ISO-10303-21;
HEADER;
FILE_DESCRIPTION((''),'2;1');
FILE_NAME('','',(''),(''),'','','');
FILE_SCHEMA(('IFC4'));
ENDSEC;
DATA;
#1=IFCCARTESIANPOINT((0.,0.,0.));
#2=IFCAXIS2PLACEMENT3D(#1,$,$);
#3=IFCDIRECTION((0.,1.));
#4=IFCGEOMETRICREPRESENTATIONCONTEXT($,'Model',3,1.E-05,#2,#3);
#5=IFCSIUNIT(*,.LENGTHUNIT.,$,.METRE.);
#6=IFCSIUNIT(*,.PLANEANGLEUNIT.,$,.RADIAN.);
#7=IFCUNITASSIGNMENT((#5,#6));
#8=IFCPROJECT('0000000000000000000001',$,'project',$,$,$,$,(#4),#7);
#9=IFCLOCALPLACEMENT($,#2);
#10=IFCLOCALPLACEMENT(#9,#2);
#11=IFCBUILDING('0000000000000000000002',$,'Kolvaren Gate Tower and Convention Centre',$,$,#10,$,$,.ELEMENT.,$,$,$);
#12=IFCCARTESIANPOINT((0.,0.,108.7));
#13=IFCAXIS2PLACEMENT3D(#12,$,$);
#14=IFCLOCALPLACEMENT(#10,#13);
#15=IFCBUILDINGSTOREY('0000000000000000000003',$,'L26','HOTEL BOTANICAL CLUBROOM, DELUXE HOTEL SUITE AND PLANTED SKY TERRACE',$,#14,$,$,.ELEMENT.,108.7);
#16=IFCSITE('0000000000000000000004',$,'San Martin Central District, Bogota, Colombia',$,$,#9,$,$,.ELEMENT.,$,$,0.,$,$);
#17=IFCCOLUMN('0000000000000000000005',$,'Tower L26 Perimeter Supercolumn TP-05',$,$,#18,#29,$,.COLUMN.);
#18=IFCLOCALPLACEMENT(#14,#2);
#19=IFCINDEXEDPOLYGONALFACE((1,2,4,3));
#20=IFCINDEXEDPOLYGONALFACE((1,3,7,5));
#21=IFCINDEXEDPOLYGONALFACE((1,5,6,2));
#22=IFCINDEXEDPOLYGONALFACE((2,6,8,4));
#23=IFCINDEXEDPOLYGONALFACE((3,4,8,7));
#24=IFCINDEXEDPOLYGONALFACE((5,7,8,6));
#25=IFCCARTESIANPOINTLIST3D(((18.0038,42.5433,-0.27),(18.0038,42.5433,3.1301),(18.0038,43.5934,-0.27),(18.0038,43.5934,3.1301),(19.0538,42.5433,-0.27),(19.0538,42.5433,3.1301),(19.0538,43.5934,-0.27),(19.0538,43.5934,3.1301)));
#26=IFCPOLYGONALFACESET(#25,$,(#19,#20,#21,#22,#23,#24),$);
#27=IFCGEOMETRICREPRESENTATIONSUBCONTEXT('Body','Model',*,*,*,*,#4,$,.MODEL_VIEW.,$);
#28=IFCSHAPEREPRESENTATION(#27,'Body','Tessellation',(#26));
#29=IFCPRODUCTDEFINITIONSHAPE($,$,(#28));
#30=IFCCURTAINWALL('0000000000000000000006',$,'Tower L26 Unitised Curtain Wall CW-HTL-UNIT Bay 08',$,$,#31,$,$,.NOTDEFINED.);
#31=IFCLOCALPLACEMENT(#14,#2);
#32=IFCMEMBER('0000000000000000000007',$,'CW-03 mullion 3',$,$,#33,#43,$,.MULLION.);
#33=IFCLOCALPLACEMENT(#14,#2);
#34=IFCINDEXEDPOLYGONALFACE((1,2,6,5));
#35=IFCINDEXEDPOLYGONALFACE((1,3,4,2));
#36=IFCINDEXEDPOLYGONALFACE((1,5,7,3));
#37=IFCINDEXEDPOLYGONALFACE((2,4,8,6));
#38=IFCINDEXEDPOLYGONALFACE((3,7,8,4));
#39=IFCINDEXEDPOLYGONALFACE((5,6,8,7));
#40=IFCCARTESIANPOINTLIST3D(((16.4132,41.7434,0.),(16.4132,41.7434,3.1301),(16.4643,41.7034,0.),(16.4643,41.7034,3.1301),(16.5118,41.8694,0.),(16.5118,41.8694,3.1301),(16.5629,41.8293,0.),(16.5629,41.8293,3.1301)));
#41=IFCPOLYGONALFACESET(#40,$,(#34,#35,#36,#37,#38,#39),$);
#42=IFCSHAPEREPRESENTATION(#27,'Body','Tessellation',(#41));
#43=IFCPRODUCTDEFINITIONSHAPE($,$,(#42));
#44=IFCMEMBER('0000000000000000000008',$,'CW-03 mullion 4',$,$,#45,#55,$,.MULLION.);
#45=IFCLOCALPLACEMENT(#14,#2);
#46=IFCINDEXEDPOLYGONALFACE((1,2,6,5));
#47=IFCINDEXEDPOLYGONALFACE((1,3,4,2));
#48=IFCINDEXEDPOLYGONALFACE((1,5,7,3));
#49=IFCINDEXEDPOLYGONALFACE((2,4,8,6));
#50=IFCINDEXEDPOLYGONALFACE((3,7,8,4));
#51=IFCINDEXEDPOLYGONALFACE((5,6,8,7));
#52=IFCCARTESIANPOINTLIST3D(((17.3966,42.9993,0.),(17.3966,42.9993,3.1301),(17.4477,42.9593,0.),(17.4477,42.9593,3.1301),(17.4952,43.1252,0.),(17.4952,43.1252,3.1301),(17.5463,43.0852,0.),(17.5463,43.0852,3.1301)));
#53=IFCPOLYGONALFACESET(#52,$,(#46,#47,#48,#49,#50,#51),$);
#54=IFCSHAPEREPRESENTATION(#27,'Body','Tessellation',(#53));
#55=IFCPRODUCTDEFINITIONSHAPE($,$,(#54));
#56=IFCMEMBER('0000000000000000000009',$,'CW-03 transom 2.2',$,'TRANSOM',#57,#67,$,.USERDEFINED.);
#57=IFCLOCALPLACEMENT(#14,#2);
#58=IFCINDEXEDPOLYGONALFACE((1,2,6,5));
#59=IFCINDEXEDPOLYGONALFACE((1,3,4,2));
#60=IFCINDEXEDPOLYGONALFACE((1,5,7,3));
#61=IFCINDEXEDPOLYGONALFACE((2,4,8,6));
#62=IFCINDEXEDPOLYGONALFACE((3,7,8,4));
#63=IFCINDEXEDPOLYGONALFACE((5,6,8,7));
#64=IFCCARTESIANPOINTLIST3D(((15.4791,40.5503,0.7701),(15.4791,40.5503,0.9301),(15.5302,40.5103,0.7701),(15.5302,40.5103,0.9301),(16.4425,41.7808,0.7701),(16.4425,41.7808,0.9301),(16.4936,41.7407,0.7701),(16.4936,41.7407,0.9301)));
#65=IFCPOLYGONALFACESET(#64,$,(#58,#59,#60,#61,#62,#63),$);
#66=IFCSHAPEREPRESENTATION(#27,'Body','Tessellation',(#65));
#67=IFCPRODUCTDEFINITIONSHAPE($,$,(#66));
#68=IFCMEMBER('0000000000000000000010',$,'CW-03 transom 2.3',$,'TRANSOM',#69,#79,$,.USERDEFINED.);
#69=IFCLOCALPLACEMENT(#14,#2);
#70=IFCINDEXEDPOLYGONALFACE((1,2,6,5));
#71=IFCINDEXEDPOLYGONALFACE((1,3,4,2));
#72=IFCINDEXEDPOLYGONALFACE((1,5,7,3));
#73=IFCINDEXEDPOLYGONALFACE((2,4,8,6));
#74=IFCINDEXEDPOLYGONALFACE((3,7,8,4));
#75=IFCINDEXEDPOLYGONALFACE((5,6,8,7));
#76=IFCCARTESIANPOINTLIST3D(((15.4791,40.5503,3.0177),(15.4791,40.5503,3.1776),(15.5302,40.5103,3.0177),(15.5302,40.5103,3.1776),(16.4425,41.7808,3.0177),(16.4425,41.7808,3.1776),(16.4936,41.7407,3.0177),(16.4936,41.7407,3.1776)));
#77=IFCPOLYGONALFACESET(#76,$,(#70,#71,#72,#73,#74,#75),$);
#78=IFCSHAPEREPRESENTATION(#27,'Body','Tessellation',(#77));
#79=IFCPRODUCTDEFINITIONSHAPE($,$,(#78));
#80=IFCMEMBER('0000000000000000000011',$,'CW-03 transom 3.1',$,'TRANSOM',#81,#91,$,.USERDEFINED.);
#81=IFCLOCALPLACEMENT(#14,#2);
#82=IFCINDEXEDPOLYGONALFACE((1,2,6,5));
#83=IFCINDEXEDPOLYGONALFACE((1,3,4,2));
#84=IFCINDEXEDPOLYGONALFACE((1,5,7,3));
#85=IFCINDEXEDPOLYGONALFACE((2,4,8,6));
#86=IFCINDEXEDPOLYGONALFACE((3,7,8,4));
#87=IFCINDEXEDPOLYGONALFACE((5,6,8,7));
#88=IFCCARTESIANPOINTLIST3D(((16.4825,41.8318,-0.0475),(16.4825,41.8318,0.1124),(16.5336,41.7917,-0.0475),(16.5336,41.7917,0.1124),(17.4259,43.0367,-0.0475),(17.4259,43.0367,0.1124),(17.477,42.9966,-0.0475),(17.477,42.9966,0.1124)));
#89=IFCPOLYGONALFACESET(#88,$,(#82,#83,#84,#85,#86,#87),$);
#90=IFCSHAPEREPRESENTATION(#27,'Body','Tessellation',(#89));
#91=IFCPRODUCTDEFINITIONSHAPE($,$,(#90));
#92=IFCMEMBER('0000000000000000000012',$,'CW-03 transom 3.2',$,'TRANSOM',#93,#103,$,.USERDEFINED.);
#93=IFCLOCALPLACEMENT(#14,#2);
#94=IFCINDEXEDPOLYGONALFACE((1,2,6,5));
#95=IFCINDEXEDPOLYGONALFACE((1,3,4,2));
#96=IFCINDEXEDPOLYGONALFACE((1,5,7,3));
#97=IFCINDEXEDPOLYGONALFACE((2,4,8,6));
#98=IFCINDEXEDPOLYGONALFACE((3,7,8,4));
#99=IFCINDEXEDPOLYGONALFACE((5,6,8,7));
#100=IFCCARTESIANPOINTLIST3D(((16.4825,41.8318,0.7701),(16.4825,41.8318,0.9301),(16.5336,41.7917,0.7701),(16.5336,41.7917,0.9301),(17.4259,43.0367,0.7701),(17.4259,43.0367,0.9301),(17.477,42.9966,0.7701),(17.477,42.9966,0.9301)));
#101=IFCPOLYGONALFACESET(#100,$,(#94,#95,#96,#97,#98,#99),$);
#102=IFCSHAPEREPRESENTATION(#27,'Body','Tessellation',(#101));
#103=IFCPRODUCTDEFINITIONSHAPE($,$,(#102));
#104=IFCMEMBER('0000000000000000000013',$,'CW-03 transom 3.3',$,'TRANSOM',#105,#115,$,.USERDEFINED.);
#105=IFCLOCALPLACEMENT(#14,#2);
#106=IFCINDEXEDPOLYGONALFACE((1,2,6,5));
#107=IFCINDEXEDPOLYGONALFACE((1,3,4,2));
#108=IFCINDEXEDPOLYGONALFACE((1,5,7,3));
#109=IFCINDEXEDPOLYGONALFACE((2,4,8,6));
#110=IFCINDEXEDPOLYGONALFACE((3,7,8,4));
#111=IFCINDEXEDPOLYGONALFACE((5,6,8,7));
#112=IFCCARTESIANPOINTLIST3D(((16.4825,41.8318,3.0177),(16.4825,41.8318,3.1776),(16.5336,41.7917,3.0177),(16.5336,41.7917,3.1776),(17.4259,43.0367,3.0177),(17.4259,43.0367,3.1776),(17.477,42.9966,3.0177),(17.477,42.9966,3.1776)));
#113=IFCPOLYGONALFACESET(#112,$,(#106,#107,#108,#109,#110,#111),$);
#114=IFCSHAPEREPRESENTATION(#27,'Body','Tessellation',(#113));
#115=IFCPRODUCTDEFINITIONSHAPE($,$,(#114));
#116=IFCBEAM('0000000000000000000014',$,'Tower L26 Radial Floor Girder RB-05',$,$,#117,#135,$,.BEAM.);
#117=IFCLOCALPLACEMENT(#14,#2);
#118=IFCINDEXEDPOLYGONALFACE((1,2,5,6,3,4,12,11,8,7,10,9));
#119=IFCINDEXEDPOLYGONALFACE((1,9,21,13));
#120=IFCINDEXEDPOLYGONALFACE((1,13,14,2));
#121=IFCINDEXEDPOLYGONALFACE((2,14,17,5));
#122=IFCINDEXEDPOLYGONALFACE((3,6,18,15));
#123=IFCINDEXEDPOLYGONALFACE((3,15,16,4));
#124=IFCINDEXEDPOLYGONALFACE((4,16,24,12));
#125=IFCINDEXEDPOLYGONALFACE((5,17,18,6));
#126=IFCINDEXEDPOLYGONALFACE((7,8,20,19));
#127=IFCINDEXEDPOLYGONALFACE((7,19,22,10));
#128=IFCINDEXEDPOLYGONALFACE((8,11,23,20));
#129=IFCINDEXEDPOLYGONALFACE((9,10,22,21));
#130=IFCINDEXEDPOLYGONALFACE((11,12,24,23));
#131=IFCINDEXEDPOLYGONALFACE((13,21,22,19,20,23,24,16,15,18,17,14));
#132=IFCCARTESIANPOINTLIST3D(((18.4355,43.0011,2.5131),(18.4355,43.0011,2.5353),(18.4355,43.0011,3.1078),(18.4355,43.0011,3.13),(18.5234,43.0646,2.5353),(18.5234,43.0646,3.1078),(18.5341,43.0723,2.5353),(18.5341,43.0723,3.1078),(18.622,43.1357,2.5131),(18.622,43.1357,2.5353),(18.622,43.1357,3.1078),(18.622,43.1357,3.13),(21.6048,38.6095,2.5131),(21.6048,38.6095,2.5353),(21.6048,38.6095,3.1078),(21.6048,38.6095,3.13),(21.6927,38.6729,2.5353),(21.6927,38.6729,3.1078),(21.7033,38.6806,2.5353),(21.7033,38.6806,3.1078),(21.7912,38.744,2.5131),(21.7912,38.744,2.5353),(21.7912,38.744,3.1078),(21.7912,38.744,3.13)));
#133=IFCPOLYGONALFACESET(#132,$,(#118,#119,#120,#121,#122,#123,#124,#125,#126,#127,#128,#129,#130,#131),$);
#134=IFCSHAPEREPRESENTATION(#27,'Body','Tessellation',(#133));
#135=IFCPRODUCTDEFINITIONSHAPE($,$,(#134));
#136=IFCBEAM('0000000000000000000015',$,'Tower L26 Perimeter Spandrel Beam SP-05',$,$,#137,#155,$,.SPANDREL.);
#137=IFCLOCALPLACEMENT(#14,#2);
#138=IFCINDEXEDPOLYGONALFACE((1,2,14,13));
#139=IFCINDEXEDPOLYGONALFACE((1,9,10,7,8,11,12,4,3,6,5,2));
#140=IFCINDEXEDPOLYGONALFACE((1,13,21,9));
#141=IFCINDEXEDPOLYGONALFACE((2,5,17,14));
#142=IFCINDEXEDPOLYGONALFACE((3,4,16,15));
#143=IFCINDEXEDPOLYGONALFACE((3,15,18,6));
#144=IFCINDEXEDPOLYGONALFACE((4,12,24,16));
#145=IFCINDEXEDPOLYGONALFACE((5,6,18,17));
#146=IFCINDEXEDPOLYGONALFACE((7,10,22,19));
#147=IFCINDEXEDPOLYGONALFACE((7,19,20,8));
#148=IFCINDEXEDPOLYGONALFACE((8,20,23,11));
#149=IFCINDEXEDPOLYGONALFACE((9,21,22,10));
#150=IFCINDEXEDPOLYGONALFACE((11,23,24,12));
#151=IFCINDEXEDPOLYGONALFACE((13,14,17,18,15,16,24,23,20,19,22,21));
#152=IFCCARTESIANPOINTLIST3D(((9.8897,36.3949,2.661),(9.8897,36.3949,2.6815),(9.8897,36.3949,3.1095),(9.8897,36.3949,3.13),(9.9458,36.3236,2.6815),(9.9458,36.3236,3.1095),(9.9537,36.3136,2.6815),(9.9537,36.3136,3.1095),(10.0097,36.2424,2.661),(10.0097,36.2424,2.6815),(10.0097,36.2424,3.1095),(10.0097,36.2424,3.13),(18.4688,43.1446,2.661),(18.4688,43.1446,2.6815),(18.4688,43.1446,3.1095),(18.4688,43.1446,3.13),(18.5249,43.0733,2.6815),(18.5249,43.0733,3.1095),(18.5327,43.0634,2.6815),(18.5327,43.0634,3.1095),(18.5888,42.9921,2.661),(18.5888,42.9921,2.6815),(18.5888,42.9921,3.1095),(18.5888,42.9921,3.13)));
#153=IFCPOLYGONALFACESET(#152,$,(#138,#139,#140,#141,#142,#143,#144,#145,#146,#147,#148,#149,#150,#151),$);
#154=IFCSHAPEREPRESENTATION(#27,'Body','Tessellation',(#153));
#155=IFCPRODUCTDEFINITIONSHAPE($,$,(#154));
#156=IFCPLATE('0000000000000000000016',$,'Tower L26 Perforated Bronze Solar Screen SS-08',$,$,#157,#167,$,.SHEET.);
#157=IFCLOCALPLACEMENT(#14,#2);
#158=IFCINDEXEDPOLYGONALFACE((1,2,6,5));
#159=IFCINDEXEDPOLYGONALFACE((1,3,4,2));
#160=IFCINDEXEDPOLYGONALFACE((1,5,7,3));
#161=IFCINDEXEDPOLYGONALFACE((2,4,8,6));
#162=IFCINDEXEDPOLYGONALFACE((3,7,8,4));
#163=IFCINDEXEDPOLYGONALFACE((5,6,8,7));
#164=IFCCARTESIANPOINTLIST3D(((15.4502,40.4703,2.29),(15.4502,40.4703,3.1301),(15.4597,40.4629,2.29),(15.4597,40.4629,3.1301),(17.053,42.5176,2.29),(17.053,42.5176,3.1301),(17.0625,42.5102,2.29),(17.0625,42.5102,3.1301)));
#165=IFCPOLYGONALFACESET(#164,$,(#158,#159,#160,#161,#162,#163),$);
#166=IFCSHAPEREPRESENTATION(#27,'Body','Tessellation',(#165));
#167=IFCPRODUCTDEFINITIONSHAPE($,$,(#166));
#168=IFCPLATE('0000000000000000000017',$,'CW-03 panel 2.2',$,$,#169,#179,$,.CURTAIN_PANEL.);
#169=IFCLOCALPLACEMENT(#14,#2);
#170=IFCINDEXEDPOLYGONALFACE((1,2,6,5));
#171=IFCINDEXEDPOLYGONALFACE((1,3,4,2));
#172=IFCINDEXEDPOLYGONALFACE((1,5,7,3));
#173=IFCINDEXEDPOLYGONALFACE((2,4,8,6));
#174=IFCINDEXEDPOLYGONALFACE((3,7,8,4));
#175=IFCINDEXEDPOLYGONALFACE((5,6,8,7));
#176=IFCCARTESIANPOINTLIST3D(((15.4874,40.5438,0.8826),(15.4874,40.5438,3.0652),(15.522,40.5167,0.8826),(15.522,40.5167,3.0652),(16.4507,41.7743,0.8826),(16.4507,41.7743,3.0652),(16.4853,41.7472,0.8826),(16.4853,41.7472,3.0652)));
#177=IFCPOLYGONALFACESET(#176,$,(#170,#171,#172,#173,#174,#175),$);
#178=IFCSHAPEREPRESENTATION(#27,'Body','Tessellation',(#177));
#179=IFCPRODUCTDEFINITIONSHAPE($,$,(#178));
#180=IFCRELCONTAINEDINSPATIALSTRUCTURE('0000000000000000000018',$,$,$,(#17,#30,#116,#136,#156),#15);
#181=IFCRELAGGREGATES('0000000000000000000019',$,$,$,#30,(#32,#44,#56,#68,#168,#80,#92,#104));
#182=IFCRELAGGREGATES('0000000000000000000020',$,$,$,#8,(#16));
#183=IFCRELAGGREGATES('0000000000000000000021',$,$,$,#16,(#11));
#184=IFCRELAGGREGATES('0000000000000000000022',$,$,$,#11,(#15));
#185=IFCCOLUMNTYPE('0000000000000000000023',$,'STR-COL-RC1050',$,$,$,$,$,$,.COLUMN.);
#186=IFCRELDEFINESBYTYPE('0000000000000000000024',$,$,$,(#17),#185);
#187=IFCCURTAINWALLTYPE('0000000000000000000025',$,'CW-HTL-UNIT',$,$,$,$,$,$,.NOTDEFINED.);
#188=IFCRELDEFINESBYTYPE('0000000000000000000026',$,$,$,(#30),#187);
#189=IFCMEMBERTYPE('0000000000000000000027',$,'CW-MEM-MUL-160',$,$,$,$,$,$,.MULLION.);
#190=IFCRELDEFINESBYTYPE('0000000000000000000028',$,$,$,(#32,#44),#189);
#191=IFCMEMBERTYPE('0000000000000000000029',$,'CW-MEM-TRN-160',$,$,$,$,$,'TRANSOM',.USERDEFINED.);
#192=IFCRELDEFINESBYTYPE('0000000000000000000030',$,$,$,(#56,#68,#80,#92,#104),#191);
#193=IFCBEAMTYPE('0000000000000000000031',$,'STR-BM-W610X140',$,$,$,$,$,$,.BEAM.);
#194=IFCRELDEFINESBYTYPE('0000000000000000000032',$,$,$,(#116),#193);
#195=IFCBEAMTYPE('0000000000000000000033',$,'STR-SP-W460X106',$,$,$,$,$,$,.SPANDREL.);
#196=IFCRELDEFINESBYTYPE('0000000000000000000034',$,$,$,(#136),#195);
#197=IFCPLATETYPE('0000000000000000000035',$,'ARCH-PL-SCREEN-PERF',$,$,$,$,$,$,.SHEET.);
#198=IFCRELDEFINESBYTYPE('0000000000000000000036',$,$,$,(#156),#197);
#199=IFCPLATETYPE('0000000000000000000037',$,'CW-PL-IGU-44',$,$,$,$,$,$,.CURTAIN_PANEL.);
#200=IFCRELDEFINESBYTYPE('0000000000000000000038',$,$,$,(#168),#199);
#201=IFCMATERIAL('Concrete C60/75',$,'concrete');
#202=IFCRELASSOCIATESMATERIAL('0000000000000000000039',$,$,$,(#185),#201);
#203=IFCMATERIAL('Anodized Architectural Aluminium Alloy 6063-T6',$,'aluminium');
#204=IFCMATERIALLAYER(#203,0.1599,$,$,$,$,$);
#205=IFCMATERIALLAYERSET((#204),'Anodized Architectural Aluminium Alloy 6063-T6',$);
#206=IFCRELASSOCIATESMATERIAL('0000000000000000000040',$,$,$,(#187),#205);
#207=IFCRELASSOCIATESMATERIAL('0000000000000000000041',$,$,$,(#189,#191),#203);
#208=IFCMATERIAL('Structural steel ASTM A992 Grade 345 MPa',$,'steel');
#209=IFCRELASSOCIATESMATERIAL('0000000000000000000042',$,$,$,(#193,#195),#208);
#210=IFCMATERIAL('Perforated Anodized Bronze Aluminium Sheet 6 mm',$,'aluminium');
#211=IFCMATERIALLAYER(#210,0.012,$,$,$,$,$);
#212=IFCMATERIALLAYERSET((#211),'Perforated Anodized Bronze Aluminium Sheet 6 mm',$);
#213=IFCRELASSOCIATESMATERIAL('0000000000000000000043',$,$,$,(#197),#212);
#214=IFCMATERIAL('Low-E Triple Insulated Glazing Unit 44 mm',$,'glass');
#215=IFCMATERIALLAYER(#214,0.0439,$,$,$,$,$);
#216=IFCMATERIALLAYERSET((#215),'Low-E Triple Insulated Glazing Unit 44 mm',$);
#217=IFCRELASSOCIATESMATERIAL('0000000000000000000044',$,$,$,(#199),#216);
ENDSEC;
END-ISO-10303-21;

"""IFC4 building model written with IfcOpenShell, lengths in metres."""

from ifc_helpers import new_model, si_unit, direction, frame, origin, origin_2d, place, context, subcontext, project, spatial, rectangle, i_section, extrude, material, layer, layer_set, material_profile, profile_set, type_object, element, aggregate, save


model = new_model("IFC4")

# Units and contexts
model_context = context("Model", 3, precision=1e-05, world=origin(), true_north=direction((0.0, 1.0)))
body_context = subcontext(model_context, "Body", "Model", "MODEL_VIEW")
ifc_project = project(units=[si_unit("LENGTHUNIT", "METRE"), si_unit("PLANEANGLEUNIT", "RADIAN")], contexts=[model_context])

# Site, building, storey
site_placement = place(None, origin())
site = spatial("IfcSite", under=ifc_project, at=site_placement, Name="San Martin Central District, Bogota, Colombia", CompositionType="ELEMENT", RefElevation=0.0)
building_placement = place(site_placement, origin())
building = spatial("IfcBuilding", under=site, at=building_placement, Name="Kolvaren Gate Tower and Convention Centre", CompositionType="ELEMENT")
storey_placement = place(building_placement, frame((0.0, 0.0, 108.7)))
storey = spatial("IfcBuildingStorey", under=building, at=storey_placement, Name="L26", Description="HOTEL BOTANICAL CLUBROOM, DELUXE HOTEL SUITE AND PLANTED SKY TERRACE", CompositionType="ELEMENT", Elevation=108.7)

# Column
ifc_material_1 = material(Name="Concrete C60/75", Category="concrete")
ifc_material_profile_1 = material_profile(ifc_material_1, rectangle(XDim=1.05, YDim=1.05, at=origin_2d()), Name="RC-COL-1050X1050")
ifc_profile_set_1 = profile_set([ifc_material_profile_1], Name="Concrete C60/75")
column_type = type_object("IfcColumnType", Name="STR-COL-RC1050", PredefinedType="COLUMN", material=ifc_profile_set_1)
column_placement = place(storey_placement, frame((18.5288, 43.0684, -0.27), z_axis=(0.0, 0.0, 1.0), x_axis=(1.0, 0.0, 0.0)))
element("IfcColumn", 1, at=column_placement, inside=storey, type_object=column_type, Name="Tower L26 Perimeter Supercolumn TP-05", PredefinedType="COLUMN", context=body_context, shape_type="SweptSolid", body=[
    extrude(rectangle(XDim=1.05, YDim=1.05, at=origin_2d()), origin(), (0.0, 0.0, 1.0), 3.4001),
])

# Curtain wall, members
ifc_material_2 = material(Name="Anodized Architectural Aluminium Alloy 6063-T6", Category="aluminium")
ifc_layer_1 = layer(ifc_material_2, 0.1599)
ifc_layer_set_1 = layer_set([ifc_layer_1], Name="Anodized Architectural Aluminium Alloy 6063-T6")
curtain_wall_type = type_object("IfcCurtainWallType", Name="CW-HTL-UNIT", PredefinedType="NOTDEFINED", material=ifc_layer_set_1)
curtain_wall_placement = place(storey_placement, origin())
curtain_wall = element("IfcCurtainWall", 2, at=curtain_wall_placement, inside=storey, type_object=curtain_wall_type, Name="Tower L26 Unitised Curtain Wall CW-HTL-UNIT Bay 08", PredefinedType="NOTDEFINED")
ifc_material_profile_2 = material_profile(ifc_material_2, rectangle(XDim=0.0649, YDim=0.1599, at=origin_2d()), Name="CW-MEM-MUL-160")
ifc_profile_set_2 = profile_set([ifc_material_profile_2], Name="Anodized Architectural Aluminium Alloy 6063-T6")
member_type_1 = type_object("IfcMemberType", Name="CW-MEM-MUL-160", PredefinedType="MULLION", material=ifc_profile_set_2)
member_1_placement = place(storey_placement, frame((16.488, 41.7864, 0.0), z_axis=(0.0, 0.0, 1.0), x_axis=(-0.787401, 0.616441, 0.0)))
member_1 = element("IfcMember", 3, at=member_1_placement, type_object=member_type_1, Name="CW-03 mullion 3", PredefinedType="MULLION", context=body_context, shape_type="SweptSolid", body=[
    extrude(rectangle(XDim=0.0649, YDim=0.1599, at=origin_2d()), origin(), (0.0, 0.0, 1.0), 3.1301),
])
member_2_placement = place(storey_placement, frame((17.4714, 43.0422, 0.0), z_axis=(0.0, 0.0, 1.0), x_axis=(-0.787401, 0.616441, 0.0)))
member_2 = element("IfcMember", 4, at=member_2_placement, type_object=member_type_1, Name="CW-03 mullion 4", PredefinedType="MULLION", context=body_context, shape_type="SweptSolid", body=[
    extrude(rectangle(XDim=0.0649, YDim=0.1599, at=origin_2d()), origin(), (0.0, 0.0, 1.0), 3.1301),
])
ifc_material_profile_3 = material_profile(ifc_material_2, rectangle(XDim=0.0649, YDim=0.1599, at=origin_2d()), Name="CW-MEM-TRN-160")
ifc_profile_set_3 = profile_set([ifc_material_profile_3], Name="Anodized Architectural Aluminium Alloy 6063-T6")
member_type_2 = type_object("IfcMemberType", Name="CW-MEM-TRN-160", ElementType="TRANSOM", PredefinedType="USERDEFINED", material=ifc_profile_set_3)
member_3_placement = place(storey_placement, frame((15.5046, 40.5303, 0.8501), z_axis=(0.616468, 0.78738, 0.0), x_axis=(-0.78738, 0.616468, 0.0)))
member_3 = element("IfcMember", 5, at=member_3_placement, type_object=member_type_2, Name="CW-03 transom 2.2", ObjectType="TRANSOM", PredefinedType="USERDEFINED", context=body_context, shape_type="SweptSolid", body=[
    extrude(rectangle(XDim=0.0649, YDim=0.1599, at=origin_2d()), origin(), (0.0, 0.0, 1.0), 1.5627),
])
member_4_placement = place(storey_placement, frame((15.5046, 40.5303, 3.0977), z_axis=(0.616468, 0.78738, 0.0), x_axis=(-0.78738, 0.616468, 0.0)))
member_4 = element("IfcMember", 6, at=member_4_placement, type_object=member_type_2, Name="CW-03 transom 2.3", ObjectType="TRANSOM", PredefinedType="USERDEFINED", context=body_context, shape_type="SweptSolid", body=[
    extrude(rectangle(XDim=0.0649, YDim=0.1599, at=origin_2d()), origin(), (0.0, 0.0, 1.0), 1.5627),
])
member_5_placement = place(storey_placement, frame((16.5081, 41.8118, 0.0325), z_axis=(0.616489, 0.787364, 0.0), x_axis=(-0.787364, 0.616489, 0.0)))
member_5 = element("IfcMember", 7, at=member_5_placement, type_object=member_type_2, Name="CW-03 transom 3.1", ObjectType="TRANSOM", PredefinedType="USERDEFINED", context=body_context, shape_type="SweptSolid", body=[
    extrude(rectangle(XDim=0.0649, YDim=0.1599, at=origin_2d()), origin(), (0.0, 0.0, 1.0), 1.5303),
])
member_6_placement = place(storey_placement, frame((16.5081, 41.8118, 0.8501), z_axis=(0.616489, 0.787364, 0.0), x_axis=(-0.787364, 0.616489, 0.0)))
member_6 = element("IfcMember", 8, at=member_6_placement, type_object=member_type_2, Name="CW-03 transom 3.2", ObjectType="TRANSOM", PredefinedType="USERDEFINED", context=body_context, shape_type="SweptSolid", body=[
    extrude(rectangle(XDim=0.0649, YDim=0.1599, at=origin_2d()), origin(), (0.0, 0.0, 1.0), 1.5303),
])
member_7_placement = place(storey_placement, frame((16.5081, 41.8118, 3.0977), z_axis=(0.616489, 0.787364, 0.0), x_axis=(-0.787364, 0.616489, 0.0)))
member_7 = element("IfcMember", 9, at=member_7_placement, type_object=member_type_2, Name="CW-03 transom 3.3", ObjectType="TRANSOM", PredefinedType="USERDEFINED", context=body_context, shape_type="SweptSolid", body=[
    extrude(rectangle(XDim=0.0649, YDim=0.1599, at=origin_2d()), origin(), (0.0, 0.0, 1.0), 1.5303),
])

# Beams
ifc_material_3 = material(Name="Structural steel ASTM A992 Grade 345 MPa", Category="steel")
ifc_material_profile_4 = material_profile(ifc_material_3, i_section(OverallWidth=0.23, OverallDepth=0.6169, WebThickness=0.0132, FlangeThickness=0.0222, at=origin_2d()), Name="W610X140")
ifc_profile_set_4 = profile_set([ifc_material_profile_4], Name="Structural steel ASTM A992 Grade 345 MPa")
beam_type_1 = type_object("IfcBeamType", Name="STR-BM-W610X140", PredefinedType="BEAM", material=ifc_profile_set_4)
beam_1_placement = place(storey_placement, frame((21.698, 38.6768, 2.8215), z_axis=(-0.585184, 0.8109, 0.0), x_axis=(-0.8109, -0.585184, 0.0)))
element("IfcBeam", 10, at=beam_1_placement, inside=storey, type_object=beam_type_1, Name="Tower L26 Radial Floor Girder RB-05", PredefinedType="BEAM", context=body_context, shape_type="SweptSolid", body=[
    extrude(i_section(OverallWidth=0.23, OverallDepth=0.6169, WebThickness=0.0132, FlangeThickness=0.0222, at=origin_2d()), origin(), (0.0, 0.0, 1.0), 5.4158),
])
ifc_material_profile_5 = material_profile(ifc_material_3, i_section(OverallWidth=0.1941, OverallDepth=0.469, WebThickness=0.0127, FlangeThickness=0.0205, at=origin_2d()), Name="W460X106")
ifc_profile_set_5 = profile_set([ifc_material_profile_5], Name="Structural steel ASTM A992 Grade 345 MPa")
beam_type_2 = type_object("IfcBeamType", Name="STR-SP-W460X106", PredefinedType="SPANDREL", material=ifc_profile_set_5)
beam_2_placement = place(storey_placement, frame((18.5288, 43.0684, 2.8955), z_axis=(-0.785916, -0.618333, 0.0), x_axis=(0.618333, -0.785916, 0.0)))
element("IfcBeam", 11, at=beam_2_placement, inside=storey, type_object=beam_type_2, Name="Tower L26 Perimeter Spandrel Beam SP-05", PredefinedType="SPANDREL", context=body_context, shape_type="SweptSolid", body=[
    extrude(i_section(OverallWidth=0.1941, OverallDepth=0.469, WebThickness=0.0127, FlangeThickness=0.0205, at=origin_2d()), origin(), (0.0, 0.0, 1.0), 10.916),
])

# Plates
ifc_material_4 = material(Name="Perforated Anodized Bronze Aluminium Sheet 6 mm", Category="aluminium")
ifc_layer_2 = layer(ifc_material_4, 0.012)
ifc_layer_set_2 = layer_set([ifc_layer_2], Name="Perforated Anodized Bronze Aluminium Sheet 6 mm")
plate_type_1 = type_object("IfcPlateType", Name="ARCH-PL-SCREEN-PERF", PredefinedType="SHEET", material=ifc_layer_set_2)
plate_1_placement = place(storey_placement, frame((16.2563, 41.4902, 2.29), z_axis=(0.0, 0.0, 1.0), x_axis=(0.616435, 0.787405, 0.0)))
element("IfcPlate", 12, at=plate_1_placement, inside=storey, type_object=plate_type_1, Name="Tower L26 Perforated Bronze Solar Screen SS-08", PredefinedType="SHEET", context=body_context, shape_type="SweptSolid", body=[
    extrude(rectangle(XDim=2.6001, YDim=0.012, at=origin_2d()), origin(), (0.0, 0.0, 1.0), 0.8401),
])
ifc_material_5 = material(Name="Low-E Triple Insulated Glazing Unit 44 mm", Category="glass")
ifc_layer_3 = layer(ifc_material_5, 0.0439)
ifc_layer_set_3 = layer_set([ifc_layer_3], Name="Low-E Triple Insulated Glazing Unit 44 mm")
plate_type_2 = type_object("IfcPlateType", Name="CW-PL-IGU-44", PredefinedType="CURTAIN_PANEL", material=ifc_layer_set_3)
plate_2_placement = place(storey_placement, frame((15.9863, 41.1455, 0.8826), z_axis=(0.0, 0.0, 1.0), x_axis=(0.616441, 0.787401, 0.0)))
plate_2 = element("IfcPlate", 13, at=plate_2_placement, type_object=plate_type_2, Name="CW-03 panel 2.2", PredefinedType="CURTAIN_PANEL", context=body_context, shape_type="SweptSolid", body=[
    extrude(rectangle(XDim=1.5627, YDim=0.0439, at=origin_2d()), origin(), (0.0, 0.0, 1.0), 2.1826),
])
aggregate(curtain_wall, [member_1, member_2, member_3, member_4, plate_2, member_5, member_6, member_7])

save(model, "model.ifc")
